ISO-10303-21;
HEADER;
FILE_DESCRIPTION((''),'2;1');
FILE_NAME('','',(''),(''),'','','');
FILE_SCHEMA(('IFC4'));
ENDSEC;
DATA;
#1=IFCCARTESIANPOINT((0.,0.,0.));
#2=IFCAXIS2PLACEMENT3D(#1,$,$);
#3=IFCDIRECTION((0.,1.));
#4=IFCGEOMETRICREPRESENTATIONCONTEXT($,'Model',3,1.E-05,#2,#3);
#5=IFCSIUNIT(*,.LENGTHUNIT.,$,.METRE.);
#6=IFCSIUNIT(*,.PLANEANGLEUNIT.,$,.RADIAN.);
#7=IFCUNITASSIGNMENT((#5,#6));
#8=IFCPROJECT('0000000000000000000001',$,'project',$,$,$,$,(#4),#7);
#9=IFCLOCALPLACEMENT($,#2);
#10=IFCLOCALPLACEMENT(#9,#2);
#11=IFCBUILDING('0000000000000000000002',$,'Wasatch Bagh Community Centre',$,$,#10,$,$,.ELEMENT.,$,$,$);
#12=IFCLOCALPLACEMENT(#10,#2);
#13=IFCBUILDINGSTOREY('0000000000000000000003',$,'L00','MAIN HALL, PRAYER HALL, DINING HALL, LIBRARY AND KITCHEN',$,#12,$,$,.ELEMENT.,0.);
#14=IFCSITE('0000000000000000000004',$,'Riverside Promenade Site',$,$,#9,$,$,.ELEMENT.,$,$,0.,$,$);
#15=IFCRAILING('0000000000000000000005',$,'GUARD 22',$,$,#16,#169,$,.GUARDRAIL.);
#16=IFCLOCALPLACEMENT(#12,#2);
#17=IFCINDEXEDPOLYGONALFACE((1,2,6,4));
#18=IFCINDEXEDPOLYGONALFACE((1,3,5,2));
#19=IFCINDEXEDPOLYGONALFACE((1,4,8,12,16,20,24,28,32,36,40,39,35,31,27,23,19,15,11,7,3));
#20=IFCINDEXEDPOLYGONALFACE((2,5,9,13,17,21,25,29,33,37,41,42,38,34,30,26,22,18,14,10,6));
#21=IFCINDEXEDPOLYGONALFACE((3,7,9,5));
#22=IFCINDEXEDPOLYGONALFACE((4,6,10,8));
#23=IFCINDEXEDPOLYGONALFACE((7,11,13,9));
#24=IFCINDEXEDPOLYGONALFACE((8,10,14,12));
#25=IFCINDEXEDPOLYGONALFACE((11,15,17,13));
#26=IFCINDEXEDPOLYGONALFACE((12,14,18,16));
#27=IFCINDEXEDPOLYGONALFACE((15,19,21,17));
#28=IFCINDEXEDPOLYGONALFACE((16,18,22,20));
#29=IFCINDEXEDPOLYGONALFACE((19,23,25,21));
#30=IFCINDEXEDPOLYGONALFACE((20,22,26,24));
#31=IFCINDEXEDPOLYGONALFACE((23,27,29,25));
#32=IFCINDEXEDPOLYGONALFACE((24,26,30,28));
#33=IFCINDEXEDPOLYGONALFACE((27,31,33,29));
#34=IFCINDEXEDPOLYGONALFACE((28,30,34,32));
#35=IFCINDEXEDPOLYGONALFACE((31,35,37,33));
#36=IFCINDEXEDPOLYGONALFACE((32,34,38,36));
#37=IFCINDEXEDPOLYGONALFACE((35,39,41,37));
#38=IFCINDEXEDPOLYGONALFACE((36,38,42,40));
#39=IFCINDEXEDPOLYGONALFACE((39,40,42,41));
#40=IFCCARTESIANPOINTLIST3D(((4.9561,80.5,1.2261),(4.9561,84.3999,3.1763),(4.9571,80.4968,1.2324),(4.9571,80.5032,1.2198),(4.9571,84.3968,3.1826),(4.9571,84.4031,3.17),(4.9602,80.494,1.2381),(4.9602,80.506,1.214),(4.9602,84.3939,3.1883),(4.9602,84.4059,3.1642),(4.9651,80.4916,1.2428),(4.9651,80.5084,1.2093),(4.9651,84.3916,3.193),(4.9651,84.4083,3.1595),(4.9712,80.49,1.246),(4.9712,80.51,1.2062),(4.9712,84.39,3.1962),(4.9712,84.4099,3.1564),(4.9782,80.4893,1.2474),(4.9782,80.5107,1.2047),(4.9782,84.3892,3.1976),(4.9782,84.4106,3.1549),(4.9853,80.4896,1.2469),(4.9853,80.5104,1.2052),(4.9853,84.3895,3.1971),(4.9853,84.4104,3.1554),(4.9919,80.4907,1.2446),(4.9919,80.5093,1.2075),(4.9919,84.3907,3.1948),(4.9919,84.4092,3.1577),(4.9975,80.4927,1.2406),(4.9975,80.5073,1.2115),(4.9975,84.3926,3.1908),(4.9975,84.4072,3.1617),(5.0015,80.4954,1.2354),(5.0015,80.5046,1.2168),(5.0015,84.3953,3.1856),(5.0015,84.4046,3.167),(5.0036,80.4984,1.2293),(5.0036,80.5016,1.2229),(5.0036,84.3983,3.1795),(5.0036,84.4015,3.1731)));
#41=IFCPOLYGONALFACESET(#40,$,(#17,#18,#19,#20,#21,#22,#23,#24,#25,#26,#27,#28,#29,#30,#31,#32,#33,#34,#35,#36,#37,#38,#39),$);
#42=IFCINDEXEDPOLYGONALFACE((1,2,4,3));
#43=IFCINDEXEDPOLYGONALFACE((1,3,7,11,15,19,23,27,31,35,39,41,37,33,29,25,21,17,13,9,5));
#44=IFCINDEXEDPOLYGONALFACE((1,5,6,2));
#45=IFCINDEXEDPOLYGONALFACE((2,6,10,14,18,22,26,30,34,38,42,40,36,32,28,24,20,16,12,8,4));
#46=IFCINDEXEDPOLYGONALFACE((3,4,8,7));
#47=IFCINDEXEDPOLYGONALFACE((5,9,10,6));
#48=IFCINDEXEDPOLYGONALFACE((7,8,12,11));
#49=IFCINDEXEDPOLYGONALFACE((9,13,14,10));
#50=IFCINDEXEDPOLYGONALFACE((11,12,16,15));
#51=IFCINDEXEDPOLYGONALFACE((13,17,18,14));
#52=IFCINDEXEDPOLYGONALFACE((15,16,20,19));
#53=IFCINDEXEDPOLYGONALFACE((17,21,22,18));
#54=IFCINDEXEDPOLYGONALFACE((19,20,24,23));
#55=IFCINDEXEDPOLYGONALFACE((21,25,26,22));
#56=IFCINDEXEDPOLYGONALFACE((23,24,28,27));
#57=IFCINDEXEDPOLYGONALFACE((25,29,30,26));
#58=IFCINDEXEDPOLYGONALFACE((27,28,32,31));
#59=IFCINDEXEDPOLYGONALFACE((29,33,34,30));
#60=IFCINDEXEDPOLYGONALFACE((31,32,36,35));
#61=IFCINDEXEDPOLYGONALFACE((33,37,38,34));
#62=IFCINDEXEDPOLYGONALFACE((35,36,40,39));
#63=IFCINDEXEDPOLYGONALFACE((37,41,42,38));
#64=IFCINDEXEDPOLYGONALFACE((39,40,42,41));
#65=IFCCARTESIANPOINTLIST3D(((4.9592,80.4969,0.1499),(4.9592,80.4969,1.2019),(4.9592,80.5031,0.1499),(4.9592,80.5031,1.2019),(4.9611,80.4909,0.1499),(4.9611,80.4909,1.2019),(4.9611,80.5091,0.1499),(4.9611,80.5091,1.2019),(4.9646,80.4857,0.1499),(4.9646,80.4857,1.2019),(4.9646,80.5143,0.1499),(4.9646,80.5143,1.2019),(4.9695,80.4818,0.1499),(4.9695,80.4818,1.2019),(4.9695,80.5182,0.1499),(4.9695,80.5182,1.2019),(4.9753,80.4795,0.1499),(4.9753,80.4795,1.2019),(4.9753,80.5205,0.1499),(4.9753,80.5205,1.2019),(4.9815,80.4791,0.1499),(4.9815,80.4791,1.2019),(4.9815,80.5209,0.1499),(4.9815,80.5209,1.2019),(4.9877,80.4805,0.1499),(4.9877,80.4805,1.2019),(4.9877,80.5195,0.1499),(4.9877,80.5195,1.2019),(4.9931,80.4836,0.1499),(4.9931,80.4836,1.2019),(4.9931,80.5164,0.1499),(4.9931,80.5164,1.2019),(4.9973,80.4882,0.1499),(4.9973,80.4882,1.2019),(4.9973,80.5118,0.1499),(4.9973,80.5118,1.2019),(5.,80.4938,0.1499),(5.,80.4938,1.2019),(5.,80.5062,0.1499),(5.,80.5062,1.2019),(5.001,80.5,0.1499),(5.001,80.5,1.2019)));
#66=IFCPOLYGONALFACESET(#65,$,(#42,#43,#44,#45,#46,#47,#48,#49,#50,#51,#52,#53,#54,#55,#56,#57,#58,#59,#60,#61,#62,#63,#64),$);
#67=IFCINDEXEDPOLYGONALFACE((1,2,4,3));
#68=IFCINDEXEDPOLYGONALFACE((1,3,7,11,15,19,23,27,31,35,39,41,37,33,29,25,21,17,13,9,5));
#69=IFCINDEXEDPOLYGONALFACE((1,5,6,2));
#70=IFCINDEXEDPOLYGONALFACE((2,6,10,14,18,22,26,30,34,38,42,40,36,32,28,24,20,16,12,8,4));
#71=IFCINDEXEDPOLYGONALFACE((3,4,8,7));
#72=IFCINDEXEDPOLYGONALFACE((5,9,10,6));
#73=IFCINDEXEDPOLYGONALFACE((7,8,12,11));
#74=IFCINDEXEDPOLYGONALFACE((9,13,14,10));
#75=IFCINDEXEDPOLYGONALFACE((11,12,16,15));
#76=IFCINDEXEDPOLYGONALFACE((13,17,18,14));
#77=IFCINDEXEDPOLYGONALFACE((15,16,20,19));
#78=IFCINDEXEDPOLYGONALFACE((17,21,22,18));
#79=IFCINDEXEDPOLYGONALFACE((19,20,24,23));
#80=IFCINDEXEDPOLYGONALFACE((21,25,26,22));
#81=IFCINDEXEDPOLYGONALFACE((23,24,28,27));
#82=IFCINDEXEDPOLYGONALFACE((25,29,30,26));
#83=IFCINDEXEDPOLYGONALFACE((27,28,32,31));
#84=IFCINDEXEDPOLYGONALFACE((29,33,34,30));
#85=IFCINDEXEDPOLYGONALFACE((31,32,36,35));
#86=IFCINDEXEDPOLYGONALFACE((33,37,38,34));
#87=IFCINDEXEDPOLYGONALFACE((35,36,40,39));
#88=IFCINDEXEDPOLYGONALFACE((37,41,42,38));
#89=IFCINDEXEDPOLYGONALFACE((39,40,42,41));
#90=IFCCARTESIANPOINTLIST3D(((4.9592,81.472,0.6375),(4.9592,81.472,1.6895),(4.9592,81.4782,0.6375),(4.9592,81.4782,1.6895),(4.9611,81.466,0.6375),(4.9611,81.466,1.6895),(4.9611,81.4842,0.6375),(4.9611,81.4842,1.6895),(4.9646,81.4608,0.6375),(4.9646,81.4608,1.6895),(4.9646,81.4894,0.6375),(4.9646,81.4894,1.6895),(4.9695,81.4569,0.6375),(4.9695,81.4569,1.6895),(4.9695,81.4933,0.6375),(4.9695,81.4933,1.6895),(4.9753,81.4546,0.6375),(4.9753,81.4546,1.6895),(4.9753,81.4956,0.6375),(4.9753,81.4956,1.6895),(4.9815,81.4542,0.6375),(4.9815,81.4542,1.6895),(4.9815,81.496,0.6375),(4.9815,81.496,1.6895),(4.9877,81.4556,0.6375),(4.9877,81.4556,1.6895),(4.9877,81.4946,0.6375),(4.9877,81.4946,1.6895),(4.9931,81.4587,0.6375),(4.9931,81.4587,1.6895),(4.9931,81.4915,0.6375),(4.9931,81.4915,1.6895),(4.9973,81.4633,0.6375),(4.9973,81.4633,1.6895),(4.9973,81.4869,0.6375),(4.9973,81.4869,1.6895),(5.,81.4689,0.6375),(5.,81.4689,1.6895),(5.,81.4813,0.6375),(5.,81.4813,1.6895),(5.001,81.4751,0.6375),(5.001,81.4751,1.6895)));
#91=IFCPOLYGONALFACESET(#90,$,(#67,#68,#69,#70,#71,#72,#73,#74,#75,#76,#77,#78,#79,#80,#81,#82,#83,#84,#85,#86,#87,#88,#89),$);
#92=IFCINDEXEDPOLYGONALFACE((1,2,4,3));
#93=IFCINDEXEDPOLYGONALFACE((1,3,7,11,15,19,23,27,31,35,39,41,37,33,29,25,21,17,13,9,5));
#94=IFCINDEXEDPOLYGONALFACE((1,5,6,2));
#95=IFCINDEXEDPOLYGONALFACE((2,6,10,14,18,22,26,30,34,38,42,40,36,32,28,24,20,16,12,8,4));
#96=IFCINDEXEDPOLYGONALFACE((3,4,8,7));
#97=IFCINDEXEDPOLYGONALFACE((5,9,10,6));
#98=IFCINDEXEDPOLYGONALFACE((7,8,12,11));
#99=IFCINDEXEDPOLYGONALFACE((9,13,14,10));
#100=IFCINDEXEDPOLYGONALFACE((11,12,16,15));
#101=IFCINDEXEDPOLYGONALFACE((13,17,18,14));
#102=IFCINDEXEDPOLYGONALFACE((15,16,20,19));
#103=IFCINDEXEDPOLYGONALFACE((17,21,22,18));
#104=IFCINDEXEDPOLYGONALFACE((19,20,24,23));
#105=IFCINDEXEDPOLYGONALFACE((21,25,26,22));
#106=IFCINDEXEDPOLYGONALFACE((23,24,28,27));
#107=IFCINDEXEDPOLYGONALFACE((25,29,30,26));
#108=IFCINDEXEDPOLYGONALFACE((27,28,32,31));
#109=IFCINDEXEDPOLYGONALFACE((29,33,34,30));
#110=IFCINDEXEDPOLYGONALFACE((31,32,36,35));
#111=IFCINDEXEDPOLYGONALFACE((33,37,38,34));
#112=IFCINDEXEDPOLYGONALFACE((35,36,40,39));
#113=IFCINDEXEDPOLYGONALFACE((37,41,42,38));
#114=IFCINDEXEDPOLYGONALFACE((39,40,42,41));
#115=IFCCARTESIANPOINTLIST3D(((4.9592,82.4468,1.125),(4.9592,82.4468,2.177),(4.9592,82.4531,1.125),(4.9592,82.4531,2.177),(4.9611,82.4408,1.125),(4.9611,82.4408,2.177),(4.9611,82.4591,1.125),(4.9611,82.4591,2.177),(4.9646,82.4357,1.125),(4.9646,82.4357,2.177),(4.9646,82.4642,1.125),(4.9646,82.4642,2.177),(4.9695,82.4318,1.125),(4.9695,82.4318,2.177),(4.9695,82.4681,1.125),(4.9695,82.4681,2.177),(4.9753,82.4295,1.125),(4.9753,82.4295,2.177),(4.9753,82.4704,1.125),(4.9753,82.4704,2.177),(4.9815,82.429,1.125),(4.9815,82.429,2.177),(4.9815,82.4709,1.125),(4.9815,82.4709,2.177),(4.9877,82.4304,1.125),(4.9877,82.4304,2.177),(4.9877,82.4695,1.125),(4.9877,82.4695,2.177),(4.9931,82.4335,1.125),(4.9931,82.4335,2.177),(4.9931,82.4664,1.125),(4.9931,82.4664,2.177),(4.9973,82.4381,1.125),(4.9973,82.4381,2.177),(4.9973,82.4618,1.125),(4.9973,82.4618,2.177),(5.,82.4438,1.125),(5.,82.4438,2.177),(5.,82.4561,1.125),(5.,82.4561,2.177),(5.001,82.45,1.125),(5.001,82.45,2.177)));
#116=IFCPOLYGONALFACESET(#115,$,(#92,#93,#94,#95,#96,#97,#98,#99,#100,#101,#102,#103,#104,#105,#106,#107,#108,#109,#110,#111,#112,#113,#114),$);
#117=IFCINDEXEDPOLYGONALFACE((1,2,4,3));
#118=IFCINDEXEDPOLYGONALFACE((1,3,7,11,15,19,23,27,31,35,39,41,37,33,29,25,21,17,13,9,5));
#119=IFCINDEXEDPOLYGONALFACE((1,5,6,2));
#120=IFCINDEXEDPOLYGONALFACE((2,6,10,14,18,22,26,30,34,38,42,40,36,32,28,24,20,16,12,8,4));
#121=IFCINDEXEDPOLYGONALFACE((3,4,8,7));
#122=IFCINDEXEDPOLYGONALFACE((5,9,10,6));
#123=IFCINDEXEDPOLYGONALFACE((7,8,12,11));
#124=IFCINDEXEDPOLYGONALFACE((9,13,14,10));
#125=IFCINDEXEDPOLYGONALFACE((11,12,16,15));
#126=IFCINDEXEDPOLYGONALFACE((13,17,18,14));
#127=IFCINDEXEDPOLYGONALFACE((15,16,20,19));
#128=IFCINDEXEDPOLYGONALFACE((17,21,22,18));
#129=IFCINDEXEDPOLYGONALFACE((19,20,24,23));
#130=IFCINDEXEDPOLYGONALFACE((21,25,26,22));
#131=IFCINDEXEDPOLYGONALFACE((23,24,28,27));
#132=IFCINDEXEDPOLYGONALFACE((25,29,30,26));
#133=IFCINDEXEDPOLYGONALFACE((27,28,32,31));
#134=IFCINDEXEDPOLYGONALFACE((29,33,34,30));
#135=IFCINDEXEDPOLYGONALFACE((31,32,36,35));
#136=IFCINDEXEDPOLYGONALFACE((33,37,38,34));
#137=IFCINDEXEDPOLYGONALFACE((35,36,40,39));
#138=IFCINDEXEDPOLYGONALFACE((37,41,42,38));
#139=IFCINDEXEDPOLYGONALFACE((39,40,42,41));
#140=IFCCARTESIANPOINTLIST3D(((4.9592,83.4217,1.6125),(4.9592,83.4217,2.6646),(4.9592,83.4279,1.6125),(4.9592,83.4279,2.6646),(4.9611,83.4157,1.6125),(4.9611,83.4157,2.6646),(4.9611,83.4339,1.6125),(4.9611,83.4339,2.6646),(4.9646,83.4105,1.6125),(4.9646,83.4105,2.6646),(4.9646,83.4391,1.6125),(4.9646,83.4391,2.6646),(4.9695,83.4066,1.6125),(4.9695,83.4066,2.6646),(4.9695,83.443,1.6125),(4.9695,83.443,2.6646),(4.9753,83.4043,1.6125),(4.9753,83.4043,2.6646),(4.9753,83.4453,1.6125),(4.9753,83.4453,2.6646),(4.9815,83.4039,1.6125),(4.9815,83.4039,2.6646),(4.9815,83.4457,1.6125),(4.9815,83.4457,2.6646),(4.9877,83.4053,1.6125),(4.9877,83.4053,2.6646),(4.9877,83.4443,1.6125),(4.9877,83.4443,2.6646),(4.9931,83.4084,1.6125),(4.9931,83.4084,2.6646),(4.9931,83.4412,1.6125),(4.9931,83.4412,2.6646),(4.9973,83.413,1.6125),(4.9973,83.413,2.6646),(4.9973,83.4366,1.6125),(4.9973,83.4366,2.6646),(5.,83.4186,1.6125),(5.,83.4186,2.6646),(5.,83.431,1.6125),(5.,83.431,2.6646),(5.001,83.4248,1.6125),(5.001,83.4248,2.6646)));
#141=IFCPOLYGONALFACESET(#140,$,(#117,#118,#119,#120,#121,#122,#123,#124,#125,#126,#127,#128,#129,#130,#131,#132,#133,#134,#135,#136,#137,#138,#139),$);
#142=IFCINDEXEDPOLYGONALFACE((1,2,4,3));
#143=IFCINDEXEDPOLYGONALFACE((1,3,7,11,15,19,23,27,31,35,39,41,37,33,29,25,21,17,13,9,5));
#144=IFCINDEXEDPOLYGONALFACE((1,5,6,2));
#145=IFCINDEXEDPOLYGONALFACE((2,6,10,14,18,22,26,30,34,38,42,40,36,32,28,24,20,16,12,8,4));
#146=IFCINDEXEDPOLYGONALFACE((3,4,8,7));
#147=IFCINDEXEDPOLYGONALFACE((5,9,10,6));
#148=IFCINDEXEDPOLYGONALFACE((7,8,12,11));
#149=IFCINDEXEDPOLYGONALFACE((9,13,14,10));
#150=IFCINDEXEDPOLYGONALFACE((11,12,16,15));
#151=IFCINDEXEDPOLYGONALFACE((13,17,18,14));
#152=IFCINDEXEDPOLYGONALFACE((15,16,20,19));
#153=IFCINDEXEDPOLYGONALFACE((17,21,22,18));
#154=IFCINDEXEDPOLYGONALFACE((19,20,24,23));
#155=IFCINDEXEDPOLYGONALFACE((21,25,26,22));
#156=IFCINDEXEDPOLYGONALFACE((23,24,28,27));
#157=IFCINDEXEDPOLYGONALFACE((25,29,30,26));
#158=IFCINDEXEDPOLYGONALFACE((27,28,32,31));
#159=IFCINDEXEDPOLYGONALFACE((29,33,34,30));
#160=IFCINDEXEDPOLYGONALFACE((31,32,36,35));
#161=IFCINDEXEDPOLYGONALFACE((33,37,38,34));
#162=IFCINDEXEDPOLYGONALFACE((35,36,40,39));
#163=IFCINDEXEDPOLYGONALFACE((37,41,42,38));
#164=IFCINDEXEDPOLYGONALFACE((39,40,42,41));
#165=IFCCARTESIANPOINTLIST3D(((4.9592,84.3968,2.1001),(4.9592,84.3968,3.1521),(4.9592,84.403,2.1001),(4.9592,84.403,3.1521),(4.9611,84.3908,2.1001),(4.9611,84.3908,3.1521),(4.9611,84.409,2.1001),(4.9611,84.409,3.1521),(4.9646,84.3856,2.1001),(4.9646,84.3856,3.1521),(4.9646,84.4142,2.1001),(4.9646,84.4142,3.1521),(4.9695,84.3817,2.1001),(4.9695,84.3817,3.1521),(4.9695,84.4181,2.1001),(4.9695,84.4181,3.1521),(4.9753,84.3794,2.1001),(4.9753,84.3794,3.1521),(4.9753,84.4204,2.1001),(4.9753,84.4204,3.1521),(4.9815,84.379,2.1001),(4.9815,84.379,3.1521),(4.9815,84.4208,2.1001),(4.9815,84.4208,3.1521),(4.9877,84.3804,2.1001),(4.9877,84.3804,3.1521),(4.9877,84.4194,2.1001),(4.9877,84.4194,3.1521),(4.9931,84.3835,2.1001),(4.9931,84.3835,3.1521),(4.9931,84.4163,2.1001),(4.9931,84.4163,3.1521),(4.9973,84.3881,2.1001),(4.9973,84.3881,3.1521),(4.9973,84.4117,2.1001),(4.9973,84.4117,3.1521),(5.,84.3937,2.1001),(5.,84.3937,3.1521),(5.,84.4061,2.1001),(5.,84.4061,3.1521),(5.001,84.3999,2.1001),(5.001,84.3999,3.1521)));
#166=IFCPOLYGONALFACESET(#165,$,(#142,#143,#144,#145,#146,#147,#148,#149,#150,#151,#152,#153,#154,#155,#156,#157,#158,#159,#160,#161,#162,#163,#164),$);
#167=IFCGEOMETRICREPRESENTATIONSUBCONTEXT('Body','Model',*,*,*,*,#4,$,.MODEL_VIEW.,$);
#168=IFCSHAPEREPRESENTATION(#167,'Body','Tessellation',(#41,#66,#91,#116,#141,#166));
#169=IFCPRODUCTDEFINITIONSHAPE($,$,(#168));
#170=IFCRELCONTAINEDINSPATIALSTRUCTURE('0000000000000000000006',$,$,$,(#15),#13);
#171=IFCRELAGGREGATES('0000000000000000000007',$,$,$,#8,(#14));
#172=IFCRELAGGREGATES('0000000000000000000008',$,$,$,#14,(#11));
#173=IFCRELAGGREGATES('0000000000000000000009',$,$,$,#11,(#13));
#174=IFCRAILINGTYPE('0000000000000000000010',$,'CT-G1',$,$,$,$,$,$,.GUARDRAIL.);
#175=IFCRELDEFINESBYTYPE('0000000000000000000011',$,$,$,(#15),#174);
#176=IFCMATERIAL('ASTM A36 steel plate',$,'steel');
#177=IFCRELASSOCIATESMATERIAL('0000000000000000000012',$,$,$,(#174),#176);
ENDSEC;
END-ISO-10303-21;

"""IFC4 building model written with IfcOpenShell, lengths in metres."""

from ifc_helpers import new_model, si_unit, direction, frame, origin, origin_2d, place, context, subcontext, project, spatial, circle, extrude, material, type_object, element, save


model = new_model("IFC4")

# Units and contexts
model_context = context("Model", 3, precision=1e-05, world=origin(), true_north=direction((0.0, 1.0)))
body_context = subcontext(model_context, "Body", "Model", "MODEL_VIEW")
ifc_project = project(units=[si_unit("LENGTHUNIT", "METRE"), si_unit("PLANEANGLEUNIT", "RADIAN")], contexts=[model_context])

# Site, building, storey
site_placement = place(None, origin())
site = spatial("IfcSite", under=ifc_project, at=site_placement, Name="Riverside Promenade Site", CompositionType="ELEMENT", RefElevation=0.0)
building_placement = place(site_placement, origin())
building = spatial("IfcBuilding", under=site, at=building_placement, Name="Wasatch Bagh Community Centre", CompositionType="ELEMENT")
storey_placement = place(building_placement, origin())
storey = spatial("IfcBuildingStorey", under=building, at=storey_placement, Name="L00", Description="MAIN HALL, PRAYER HALL, DINING HALL, LIBRARY AND KITCHEN", CompositionType="ELEMENT", Elevation=0.0)

# Railing
ifc_material_1 = material(Name="ASTM A36 steel plate", Category="steel")
railing_type_1 = type_object("IfcRailingType", Name="CT-G1", PredefinedType="GUARDRAIL", material=ifc_material_1)
for number, where, name in (
    (1, (4.98, 80.5, 0.1499), "GUARD 22"),
):
    element("IfcRailing", number, at=place(storey_placement, frame(where)), inside=storey, type_object=railing_type_1, Name=name, PredefinedType="GUARDRAIL", context=body_context, shape_type="SweptSolid", body=[
        extrude(circle(Radius=0.0239, at=origin_2d()), frame((0.0, 0.0, 1.0762), z_axis=(0.0, 0.894405, 0.447258), x_axis=(-1.0, 0.0, 0.0)), (0.0, 0.0, 1.0), 4.3604),
        extrude(circle(Radius=0.021, at=origin_2d()), origin(), (0.0, 0.0, 1.0), 1.052),
        extrude(circle(Radius=0.021, at=origin_2d()), frame((0.0, 0.9751, 0.4875)), (0.0, 0.0, 1.0), 1.052),
        extrude(circle(Radius=0.021, at=origin_2d()), frame((0.0, 1.95, 0.9751)), (0.0, 0.0, 1.0), 1.052),
        extrude(circle(Radius=0.021, at=origin_2d()), frame((0.0, 2.9248, 1.4626)), (0.0, 0.0, 1.0), 1.052),
        extrude(circle(Radius=0.021, at=origin_2d()), frame((0.0, 3.8999, 1.9502)), (0.0, 0.0, 1.0), 1.052),
    ])

save(model, "model.ifc")
